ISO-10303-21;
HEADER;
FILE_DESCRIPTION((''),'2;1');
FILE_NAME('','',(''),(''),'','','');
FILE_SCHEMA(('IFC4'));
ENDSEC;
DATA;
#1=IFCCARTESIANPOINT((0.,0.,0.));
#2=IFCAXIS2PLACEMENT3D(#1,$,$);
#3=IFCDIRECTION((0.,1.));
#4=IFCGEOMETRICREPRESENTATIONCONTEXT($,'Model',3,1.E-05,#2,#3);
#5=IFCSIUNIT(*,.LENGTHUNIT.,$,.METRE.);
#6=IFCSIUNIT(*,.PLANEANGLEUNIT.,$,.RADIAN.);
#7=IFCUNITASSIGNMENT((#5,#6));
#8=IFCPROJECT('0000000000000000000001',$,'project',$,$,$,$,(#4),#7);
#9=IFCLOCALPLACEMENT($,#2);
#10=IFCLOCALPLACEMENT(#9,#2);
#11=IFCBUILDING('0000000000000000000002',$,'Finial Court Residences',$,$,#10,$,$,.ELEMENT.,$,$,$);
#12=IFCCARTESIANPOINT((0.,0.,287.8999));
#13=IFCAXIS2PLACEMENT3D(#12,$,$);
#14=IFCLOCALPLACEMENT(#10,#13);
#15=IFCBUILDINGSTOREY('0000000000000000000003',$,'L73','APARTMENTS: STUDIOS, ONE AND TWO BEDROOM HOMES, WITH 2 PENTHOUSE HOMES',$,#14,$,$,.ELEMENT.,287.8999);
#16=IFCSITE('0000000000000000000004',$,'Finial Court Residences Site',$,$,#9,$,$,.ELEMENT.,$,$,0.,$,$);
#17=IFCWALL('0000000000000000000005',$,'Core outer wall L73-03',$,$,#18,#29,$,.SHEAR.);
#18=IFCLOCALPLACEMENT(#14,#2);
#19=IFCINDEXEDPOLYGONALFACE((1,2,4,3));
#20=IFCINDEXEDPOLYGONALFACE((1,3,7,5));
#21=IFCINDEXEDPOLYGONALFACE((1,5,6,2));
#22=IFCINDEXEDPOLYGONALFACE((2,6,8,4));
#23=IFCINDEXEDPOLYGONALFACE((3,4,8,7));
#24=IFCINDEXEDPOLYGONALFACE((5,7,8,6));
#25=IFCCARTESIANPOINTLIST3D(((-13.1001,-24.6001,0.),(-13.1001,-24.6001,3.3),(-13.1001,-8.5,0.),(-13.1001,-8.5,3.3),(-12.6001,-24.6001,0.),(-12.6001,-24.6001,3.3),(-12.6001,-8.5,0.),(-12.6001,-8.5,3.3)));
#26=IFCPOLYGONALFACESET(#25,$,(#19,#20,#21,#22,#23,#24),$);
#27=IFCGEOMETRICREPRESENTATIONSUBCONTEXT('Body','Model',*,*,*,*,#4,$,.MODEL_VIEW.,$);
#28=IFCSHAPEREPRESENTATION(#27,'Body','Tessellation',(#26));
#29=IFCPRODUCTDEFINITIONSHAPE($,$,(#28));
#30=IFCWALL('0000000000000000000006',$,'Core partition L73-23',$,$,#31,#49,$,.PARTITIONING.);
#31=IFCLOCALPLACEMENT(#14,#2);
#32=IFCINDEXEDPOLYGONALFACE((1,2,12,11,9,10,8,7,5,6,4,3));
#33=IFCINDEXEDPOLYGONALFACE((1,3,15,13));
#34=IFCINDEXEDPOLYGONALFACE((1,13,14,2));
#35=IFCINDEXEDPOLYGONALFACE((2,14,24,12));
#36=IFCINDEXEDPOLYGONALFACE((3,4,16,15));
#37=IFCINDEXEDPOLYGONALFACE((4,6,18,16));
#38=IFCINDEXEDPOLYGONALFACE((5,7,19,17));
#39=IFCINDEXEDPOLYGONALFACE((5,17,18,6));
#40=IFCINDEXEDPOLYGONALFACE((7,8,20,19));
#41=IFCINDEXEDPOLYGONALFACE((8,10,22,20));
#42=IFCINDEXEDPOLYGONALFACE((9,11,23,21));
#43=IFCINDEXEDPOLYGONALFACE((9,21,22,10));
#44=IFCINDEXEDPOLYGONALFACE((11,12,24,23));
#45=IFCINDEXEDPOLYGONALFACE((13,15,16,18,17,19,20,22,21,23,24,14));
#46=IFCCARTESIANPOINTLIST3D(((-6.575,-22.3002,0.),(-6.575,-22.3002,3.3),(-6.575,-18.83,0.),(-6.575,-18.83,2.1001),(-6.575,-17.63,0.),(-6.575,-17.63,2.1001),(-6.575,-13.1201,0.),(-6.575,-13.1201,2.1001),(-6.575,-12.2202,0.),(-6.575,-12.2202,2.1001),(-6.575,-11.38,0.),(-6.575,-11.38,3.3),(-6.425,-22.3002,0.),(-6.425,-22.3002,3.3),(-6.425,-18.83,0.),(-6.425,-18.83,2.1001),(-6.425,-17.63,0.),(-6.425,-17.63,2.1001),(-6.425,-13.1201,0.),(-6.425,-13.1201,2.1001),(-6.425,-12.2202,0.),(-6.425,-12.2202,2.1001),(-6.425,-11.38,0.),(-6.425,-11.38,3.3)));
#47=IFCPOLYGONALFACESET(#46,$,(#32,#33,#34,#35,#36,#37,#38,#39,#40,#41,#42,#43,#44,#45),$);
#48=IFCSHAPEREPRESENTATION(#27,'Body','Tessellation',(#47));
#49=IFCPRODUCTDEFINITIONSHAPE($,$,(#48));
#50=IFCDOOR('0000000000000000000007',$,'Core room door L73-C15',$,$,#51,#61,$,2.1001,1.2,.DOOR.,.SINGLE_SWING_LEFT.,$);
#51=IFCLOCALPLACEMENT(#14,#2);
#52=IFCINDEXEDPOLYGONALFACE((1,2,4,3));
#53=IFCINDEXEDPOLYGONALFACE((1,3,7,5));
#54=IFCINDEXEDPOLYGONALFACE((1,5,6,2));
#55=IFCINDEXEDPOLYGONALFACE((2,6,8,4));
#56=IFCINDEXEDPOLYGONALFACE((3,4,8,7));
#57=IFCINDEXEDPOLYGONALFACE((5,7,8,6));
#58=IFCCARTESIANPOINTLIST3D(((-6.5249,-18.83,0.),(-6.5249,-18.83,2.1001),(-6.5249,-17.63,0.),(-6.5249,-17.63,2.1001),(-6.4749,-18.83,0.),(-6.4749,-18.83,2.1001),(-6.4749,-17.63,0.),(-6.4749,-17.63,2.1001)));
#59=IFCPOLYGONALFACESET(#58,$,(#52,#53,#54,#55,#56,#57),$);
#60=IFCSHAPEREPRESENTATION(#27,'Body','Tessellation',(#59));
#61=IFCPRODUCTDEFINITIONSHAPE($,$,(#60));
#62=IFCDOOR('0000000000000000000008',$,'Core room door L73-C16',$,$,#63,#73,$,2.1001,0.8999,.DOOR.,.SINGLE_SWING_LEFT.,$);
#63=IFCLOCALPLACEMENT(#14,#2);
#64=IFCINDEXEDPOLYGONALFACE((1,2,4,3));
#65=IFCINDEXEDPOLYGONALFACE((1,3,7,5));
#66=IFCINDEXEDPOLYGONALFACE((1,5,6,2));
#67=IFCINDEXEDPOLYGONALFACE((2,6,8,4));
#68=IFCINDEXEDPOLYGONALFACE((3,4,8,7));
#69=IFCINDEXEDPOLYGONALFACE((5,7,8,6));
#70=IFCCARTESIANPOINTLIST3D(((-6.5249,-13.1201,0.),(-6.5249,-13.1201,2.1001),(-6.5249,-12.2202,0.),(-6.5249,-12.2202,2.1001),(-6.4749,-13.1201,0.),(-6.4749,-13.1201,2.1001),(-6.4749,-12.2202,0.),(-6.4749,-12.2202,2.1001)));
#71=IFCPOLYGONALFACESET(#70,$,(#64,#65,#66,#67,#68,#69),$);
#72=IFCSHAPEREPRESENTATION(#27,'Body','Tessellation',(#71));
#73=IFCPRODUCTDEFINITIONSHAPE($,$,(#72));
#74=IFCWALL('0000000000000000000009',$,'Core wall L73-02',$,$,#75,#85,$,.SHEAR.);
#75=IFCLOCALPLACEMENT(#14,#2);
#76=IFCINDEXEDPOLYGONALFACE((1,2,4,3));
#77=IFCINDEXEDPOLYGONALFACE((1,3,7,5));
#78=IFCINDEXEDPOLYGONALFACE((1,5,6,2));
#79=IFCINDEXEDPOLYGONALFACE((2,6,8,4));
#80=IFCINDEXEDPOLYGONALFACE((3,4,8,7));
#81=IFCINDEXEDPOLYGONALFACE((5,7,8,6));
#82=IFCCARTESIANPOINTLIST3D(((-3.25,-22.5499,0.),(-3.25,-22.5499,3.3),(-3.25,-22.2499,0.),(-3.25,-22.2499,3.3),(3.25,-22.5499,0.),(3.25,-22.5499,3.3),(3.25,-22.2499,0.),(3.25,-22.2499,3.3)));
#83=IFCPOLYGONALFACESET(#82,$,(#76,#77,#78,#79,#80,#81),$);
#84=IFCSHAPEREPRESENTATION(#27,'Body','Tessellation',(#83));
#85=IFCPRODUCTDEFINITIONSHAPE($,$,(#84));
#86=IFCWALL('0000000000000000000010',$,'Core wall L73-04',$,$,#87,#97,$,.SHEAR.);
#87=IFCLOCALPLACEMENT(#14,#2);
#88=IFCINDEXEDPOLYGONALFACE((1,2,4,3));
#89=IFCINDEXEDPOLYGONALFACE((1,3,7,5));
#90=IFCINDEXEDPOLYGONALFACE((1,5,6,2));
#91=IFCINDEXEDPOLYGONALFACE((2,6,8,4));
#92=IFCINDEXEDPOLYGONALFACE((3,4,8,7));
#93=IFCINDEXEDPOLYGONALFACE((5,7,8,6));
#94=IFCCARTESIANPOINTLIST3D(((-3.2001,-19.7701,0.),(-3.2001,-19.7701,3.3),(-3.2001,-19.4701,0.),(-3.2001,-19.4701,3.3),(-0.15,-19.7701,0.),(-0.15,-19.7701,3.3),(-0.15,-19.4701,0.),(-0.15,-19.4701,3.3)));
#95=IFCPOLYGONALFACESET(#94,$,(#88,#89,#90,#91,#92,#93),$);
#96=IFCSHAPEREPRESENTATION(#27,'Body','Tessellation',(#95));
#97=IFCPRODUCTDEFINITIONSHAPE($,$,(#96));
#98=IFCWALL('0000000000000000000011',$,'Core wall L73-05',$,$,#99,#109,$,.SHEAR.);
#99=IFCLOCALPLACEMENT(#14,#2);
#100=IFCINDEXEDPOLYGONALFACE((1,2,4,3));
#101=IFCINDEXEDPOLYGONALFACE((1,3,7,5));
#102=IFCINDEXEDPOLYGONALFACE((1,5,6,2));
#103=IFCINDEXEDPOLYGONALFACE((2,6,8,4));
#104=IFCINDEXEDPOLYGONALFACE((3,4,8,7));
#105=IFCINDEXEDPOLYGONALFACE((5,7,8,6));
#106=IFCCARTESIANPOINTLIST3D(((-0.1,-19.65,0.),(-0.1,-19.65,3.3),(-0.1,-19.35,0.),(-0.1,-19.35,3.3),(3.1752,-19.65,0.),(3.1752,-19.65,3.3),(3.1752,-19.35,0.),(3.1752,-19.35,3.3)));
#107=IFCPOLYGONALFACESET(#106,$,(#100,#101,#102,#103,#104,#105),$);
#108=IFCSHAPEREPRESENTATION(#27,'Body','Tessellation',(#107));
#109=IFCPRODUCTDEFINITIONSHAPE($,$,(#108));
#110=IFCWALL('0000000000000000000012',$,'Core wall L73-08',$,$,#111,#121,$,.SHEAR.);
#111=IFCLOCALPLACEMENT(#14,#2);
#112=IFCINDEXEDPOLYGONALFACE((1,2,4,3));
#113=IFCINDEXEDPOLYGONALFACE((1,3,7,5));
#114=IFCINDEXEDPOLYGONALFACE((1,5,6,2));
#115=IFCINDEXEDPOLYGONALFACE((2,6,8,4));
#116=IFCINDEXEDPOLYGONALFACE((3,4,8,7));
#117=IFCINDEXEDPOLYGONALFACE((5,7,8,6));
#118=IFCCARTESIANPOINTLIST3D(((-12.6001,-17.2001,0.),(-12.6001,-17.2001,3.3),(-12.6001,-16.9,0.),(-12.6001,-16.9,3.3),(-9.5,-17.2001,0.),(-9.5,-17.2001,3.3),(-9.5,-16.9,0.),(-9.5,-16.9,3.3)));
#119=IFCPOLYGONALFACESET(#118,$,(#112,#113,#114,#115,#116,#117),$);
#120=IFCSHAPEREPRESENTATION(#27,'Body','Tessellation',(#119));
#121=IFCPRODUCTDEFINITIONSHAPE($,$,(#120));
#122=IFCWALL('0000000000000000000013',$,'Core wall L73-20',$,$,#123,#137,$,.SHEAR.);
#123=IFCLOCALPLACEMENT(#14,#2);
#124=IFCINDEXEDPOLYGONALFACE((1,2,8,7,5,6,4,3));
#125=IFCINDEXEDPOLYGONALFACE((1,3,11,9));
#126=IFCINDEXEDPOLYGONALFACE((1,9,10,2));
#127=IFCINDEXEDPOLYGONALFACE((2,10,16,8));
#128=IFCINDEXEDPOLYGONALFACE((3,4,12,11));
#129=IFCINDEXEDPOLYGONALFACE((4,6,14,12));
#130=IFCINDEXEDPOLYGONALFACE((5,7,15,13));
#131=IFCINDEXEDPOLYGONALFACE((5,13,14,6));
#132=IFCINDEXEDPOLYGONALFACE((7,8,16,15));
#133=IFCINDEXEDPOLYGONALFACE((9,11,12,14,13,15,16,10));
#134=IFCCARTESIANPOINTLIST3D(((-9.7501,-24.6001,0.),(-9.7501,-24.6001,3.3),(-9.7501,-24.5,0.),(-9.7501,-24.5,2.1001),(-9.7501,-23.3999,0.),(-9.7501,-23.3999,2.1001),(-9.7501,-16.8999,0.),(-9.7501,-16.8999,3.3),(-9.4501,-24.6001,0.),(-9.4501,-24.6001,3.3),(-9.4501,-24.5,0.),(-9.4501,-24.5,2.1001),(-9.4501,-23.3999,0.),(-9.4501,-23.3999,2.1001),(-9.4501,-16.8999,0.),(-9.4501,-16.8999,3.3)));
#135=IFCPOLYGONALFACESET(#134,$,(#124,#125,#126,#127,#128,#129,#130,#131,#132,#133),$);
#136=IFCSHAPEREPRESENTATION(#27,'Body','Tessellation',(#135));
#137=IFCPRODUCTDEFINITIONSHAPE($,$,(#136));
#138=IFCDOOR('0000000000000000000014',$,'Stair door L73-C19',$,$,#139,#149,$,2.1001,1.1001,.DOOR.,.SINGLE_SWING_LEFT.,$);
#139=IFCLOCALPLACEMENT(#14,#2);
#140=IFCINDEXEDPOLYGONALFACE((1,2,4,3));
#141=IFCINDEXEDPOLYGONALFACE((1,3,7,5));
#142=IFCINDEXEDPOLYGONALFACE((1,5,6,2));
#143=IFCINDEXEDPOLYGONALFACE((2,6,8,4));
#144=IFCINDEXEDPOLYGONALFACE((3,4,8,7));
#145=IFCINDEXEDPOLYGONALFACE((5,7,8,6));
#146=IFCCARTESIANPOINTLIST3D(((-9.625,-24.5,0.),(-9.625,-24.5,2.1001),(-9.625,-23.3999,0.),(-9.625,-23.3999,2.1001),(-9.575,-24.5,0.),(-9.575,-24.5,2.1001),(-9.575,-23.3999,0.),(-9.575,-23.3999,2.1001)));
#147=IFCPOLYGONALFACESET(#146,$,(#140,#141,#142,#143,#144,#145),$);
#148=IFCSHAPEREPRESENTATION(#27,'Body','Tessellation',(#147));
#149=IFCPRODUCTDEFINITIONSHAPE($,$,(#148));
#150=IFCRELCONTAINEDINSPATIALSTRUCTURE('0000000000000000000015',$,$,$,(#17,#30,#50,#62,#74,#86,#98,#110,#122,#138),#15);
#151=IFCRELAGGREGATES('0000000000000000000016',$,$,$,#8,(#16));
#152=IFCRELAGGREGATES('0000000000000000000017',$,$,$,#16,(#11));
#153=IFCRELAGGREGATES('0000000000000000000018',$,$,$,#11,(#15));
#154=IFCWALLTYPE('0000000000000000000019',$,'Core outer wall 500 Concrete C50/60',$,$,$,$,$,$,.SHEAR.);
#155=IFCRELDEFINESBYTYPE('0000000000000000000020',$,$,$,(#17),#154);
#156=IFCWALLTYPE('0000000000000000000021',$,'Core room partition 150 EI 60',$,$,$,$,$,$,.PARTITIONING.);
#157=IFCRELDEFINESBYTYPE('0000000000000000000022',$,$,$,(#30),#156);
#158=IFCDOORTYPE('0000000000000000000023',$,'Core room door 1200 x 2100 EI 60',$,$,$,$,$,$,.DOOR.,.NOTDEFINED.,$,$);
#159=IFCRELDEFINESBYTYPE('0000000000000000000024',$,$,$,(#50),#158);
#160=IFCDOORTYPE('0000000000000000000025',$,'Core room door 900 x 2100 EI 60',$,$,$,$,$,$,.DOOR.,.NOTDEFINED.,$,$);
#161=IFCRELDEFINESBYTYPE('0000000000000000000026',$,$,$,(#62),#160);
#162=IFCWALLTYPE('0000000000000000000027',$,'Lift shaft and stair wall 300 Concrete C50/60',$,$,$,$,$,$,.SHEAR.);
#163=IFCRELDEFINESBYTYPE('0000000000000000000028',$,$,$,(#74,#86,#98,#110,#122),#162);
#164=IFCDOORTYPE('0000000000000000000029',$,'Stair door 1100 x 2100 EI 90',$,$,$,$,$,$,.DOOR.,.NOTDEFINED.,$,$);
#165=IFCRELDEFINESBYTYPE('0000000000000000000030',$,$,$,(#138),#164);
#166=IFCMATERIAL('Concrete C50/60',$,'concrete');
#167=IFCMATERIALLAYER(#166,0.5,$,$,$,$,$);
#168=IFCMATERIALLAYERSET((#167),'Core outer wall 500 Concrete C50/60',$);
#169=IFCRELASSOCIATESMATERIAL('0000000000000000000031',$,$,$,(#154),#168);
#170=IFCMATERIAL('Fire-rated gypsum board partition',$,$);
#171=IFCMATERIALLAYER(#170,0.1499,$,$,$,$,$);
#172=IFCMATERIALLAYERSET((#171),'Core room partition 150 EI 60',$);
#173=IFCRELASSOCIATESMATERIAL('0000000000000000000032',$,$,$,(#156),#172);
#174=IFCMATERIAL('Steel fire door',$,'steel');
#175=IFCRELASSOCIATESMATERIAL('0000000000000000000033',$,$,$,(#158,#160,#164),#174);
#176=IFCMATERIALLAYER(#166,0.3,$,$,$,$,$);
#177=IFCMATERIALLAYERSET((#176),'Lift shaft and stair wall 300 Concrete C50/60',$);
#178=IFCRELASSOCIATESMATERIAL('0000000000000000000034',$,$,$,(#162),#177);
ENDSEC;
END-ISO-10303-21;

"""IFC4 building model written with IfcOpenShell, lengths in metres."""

from ifc_helpers import new_model, si_unit, direction, frame, frame_2d, origin, place, context, subcontext, project, spatial, rectangle, extrude, material, layer, layer_set, type_object, element, fill, save


model = new_model("IFC4")

# Units and contexts
model_context = context("Model", 3, precision=1e-05, world=origin(), true_north=direction((0.0, 1.0)))
body_context = subcontext(model_context, "Body", "Model", "MODEL_VIEW")
ifc_project = project(units=[si_unit("LENGTHUNIT", "METRE"), si_unit("PLANEANGLEUNIT", "RADIAN")], contexts=[model_context])

# Site, building, storey
site_placement = place(None, origin())
site = spatial("IfcSite", under=ifc_project, at=site_placement, Name="Finial Court Residences Site", CompositionType="ELEMENT", RefElevation=0.0)
building_placement = place(site_placement, origin())
building = spatial("IfcBuilding", under=site, at=building_placement, Name="Finial Court Residences", CompositionType="ELEMENT")
storey_placement = place(building_placement, frame((0.0, 0.0, 287.8999)))
storey = spatial("IfcBuildingStorey", under=building, at=storey_placement, Name="L73", Description="APARTMENTS: STUDIOS, ONE AND TWO BEDROOM HOMES, WITH 2 PENTHOUSE HOMES", CompositionType="ELEMENT", Elevation=287.8999)

# Wall
ifc_material_1 = material(Name="Concrete C50/60", Category="concrete")
ifc_layer_1 = layer(ifc_material_1, 0.5)
ifc_layer_set_1 = layer_set([ifc_layer_1], Name="Core outer wall 500 Concrete C50/60")
wall_type_1 = type_object("IfcWallType", Name="Core outer wall 500 Concrete C50/60", PredefinedType="SHEAR", material=ifc_layer_set_1)
wall_1_placement = place(storey_placement, frame((-12.8501, -24.6001, 0.0), z_axis=(0.0, 0.0, 1.0), x_axis=(0.0, 1.0, 0.0)))
element("IfcWall", 1, at=wall_1_placement, inside=storey, type_object=wall_type_1, Name="Core outer wall L73-03", PredefinedType="SHEAR", context=body_context, shape_type="SweptSolid", body=[
    extrude(rectangle(XDim=16.1001, YDim=0.5, at=frame_2d((8.05, 0.0))), origin(), (0.0, 0.0, 1.0), 3.3),
])

# Wall, openings, doors
ifc_material_2 = material(Name="Fire-rated gypsum board partition")
ifc_layer_2 = layer(ifc_material_2, 0.1499)
ifc_layer_set_2 = layer_set([ifc_layer_2], Name="Core room partition 150 EI 60")
wall_type_2 = type_object("IfcWallType", Name="Core room partition 150 EI 60", PredefinedType="PARTITIONING", material=ifc_layer_set_2)
wall_2_placement = place(storey_placement, frame((-6.5, -22.3, 0.0), z_axis=(0.0, 0.0, 1.0), x_axis=(0.0, 1.0, 0.0)))
wall_2 = element("IfcWall", 2, at=wall_2_placement, inside=storey, type_object=wall_type_2, Name="Core partition L73-23", PredefinedType="PARTITIONING", context=body_context, shape_type="SweptSolid", body=[
    extrude(rectangle(XDim=10.9202, YDim=0.1499, at=frame_2d((5.46, 0.0))), origin(), (0.0, 0.0, 1.0), 3.3),
])
opening_1_placement = place(wall_2_placement, frame((3.47, 0.0, 0.0)))
opening_1 = element("IfcOpeningElement", 3, at=opening_1_placement, cuts=wall_2, PredefinedType="OPENING", context=body_context, shape_type="SweptSolid", body=[
    extrude(rectangle(XDim=1.2, YDim=2.1001, at=frame_2d((0.6001, 1.05))), frame((0.0, 0.085, 0.0), z_axis=(0.0, -1.0, 0.0), x_axis=(1.0, 0.0, 0.0)), (0.0, 0.0, 1.0), 0.1699),
])
opening_2_placement = place(wall_2_placement, frame((9.1799, 0.0, 0.0)))
opening_2 = element("IfcOpeningElement", 4, at=opening_2_placement, cuts=wall_2, PredefinedType="OPENING", context=body_context, shape_type="SweptSolid", body=[
    extrude(rectangle(XDim=0.8999, YDim=2.1001, at=frame_2d((0.45, 1.05))), frame((0.0, 0.085, 0.0), z_axis=(0.0, -1.0, 0.0), x_axis=(1.0, 0.0, 0.0)), (0.0, 0.0, 1.0), 0.1699),
])
ifc_material_3 = material(Name="Steel fire door", Category="steel")
door_type_1 = type_object("IfcDoorType", Name="Core room door 1200 x 2100 EI 60", OperationType="NOTDEFINED", PredefinedType="DOOR", material=ifc_material_3)
door_1_placement = place(opening_1_placement, origin())
door_1 = element("IfcDoor", 5, at=door_1_placement, inside=storey, type_object=door_type_1, Name="Core room door L73-C15", OperationType="SINGLE_SWING_LEFT", OverallHeight=2.1001, OverallWidth=1.2, PredefinedType="DOOR", context=body_context, shape_type="SweptSolid", body=[
    extrude(rectangle(XDim=1.2, YDim=2.1001, at=frame_2d((0.6001, 1.05))), frame((0.0, 0.0249, 0.0), z_axis=(0.0, -1.0, 0.0), x_axis=(1.0, 0.0, 0.0)), (0.0, 0.0, 1.0), 0.05),
])
fill(opening_1, door_1)
door_type_2 = type_object("IfcDoorType", Name="Core room door 900 x 2100 EI 60", OperationType="NOTDEFINED", PredefinedType="DOOR", material=ifc_material_3)
door_2_placement = place(opening_2_placement, origin())
door_2 = element("IfcDoor", 6, at=door_2_placement, inside=storey, type_object=door_type_2, Name="Core room door L73-C16", OperationType="SINGLE_SWING_LEFT", OverallHeight=2.1001, OverallWidth=0.8999, PredefinedType="DOOR", context=body_context, shape_type="SweptSolid", body=[
    extrude(rectangle(XDim=0.8999, YDim=2.1001, at=frame_2d((0.45, 1.05))), frame((0.0, 0.0249, 0.0), z_axis=(0.0, -1.0, 0.0), x_axis=(1.0, 0.0, 0.0)), (0.0, 0.0, 1.0), 0.05),
])
fill(opening_2, door_2)

# Walls
ifc_layer_3 = layer(ifc_material_1, 0.3)
ifc_layer_set_3 = layer_set([ifc_layer_3], Name="Lift shaft and stair wall 300 Concrete C50/60")
wall_type_3 = type_object("IfcWallType", Name="Lift shaft and stair wall 300 Concrete C50/60", PredefinedType="SHEAR", material=ifc_layer_set_3)
wall_3_placement = place(storey_placement, frame((-3.25, -22.3999, 0.0), z_axis=(0.0, 0.0, 1.0), x_axis=(1.0, 0.0, 0.0)))
element("IfcWall", 7, at=wall_3_placement, inside=storey, type_object=wall_type_3, Name="Core wall L73-02", PredefinedType="SHEAR", context=body_context, shape_type="SweptSolid", body=[
    extrude(rectangle(XDim=6.5, YDim=0.3, at=frame_2d((3.25, 0.0))), origin(), (0.0, 0.0, 1.0), 3.3),
])
wall_4_placement = place(storey_placement, frame((-3.2, -19.6201, 0.0), z_axis=(0.0, 0.0, 1.0), x_axis=(1.0, 0.0, 0.0)))
element("IfcWall", 8, at=wall_4_placement, inside=storey, type_object=wall_type_3, Name="Core wall L73-04", PredefinedType="SHEAR", context=body_context, shape_type="SweptSolid", body=[
    extrude(rectangle(XDim=3.05, YDim=0.3, at=frame_2d((1.5249, 0.0))), origin(), (0.0, 0.0, 1.0), 3.3),
])
wall_5_placement = place(storey_placement, frame((-0.1001, -19.5, 0.0), z_axis=(0.0, 0.0, 1.0), x_axis=(1.0, 0.0, 0.0)))
element("IfcWall", 9, at=wall_5_placement, inside=storey, type_object=wall_type_3, Name="Core wall L73-05", PredefinedType="SHEAR", context=body_context, shape_type="SweptSolid", body=[
    extrude(rectangle(XDim=3.2751, YDim=0.3, at=frame_2d((1.6377, 0.0))), origin(), (0.0, 0.0, 1.0), 3.3),
])
wall_6_placement = place(storey_placement, frame((-12.6001, -17.05, 0.0), z_axis=(0.0, 0.0, 1.0), x_axis=(1.0, 0.0, 0.0)))
element("IfcWall", 10, at=wall_6_placement, inside=storey, type_object=wall_type_3, Name="Core wall L73-08", PredefinedType="SHEAR", context=body_context, shape_type="SweptSolid", body=[
    extrude(rectangle(XDim=3.1001, YDim=0.3, at=frame_2d((1.55, 0.0))), origin(), (0.0, 0.0, 1.0), 3.3),
])

# Wall, opening, door
wall_7_placement = place(storey_placement, frame((-9.6001, -24.6001, 0.0), z_axis=(0.0, 0.0, 1.0), x_axis=(0.0, 1.0, 0.0)))
wall_7 = element("IfcWall", 11, at=wall_7_placement, inside=storey, type_object=wall_type_3, Name="Core wall L73-20", PredefinedType="SHEAR", context=body_context, shape_type="SweptSolid", body=[
    extrude(rectangle(XDim=7.7002, YDim=0.3, at=frame_2d((3.8501, 0.0))), origin(), (0.0, 0.0, 1.0), 3.3),
])
opening_3_placement = place(wall_7_placement, frame((0.1001, 0.0, 0.0)))
opening_3 = element("IfcOpeningElement", 12, at=opening_3_placement, cuts=wall_7, PredefinedType="OPENING", context=body_context, shape_type="SweptSolid", body=[
    extrude(rectangle(XDim=1.1001, YDim=2.1001, at=frame_2d((0.55, 1.05))), frame((0.0, 0.1599, 0.0), z_axis=(0.0, -1.0, 0.0), x_axis=(1.0, 0.0, 0.0)), (0.0, 0.0, 1.0), 0.3201),
])
door_type_3 = type_object("IfcDoorType", Name="Stair door 1100 x 2100 EI 90", OperationType="NOTDEFINED", PredefinedType="DOOR", material=ifc_material_3)
door_3_placement = place(opening_3_placement, origin())
door_3 = element("IfcDoor", 13, at=door_3_placement, inside=storey, type_object=door_type_3, Name="Stair door L73-C19", OperationType="SINGLE_SWING_LEFT", OverallHeight=2.1001, OverallWidth=1.1001, PredefinedType="DOOR", context=body_context, shape_type="SweptSolid", body=[
    extrude(rectangle(XDim=1.1001, YDim=2.1001, at=frame_2d((0.55, 1.05))), frame((0.0, 0.0249, 0.0), z_axis=(0.0, -1.0, 0.0), x_axis=(1.0, 0.0, 0.0)), (0.0, 0.0, 1.0), 0.05),
])
fill(opening_3, door_3)

save(model, "model.ifc")
